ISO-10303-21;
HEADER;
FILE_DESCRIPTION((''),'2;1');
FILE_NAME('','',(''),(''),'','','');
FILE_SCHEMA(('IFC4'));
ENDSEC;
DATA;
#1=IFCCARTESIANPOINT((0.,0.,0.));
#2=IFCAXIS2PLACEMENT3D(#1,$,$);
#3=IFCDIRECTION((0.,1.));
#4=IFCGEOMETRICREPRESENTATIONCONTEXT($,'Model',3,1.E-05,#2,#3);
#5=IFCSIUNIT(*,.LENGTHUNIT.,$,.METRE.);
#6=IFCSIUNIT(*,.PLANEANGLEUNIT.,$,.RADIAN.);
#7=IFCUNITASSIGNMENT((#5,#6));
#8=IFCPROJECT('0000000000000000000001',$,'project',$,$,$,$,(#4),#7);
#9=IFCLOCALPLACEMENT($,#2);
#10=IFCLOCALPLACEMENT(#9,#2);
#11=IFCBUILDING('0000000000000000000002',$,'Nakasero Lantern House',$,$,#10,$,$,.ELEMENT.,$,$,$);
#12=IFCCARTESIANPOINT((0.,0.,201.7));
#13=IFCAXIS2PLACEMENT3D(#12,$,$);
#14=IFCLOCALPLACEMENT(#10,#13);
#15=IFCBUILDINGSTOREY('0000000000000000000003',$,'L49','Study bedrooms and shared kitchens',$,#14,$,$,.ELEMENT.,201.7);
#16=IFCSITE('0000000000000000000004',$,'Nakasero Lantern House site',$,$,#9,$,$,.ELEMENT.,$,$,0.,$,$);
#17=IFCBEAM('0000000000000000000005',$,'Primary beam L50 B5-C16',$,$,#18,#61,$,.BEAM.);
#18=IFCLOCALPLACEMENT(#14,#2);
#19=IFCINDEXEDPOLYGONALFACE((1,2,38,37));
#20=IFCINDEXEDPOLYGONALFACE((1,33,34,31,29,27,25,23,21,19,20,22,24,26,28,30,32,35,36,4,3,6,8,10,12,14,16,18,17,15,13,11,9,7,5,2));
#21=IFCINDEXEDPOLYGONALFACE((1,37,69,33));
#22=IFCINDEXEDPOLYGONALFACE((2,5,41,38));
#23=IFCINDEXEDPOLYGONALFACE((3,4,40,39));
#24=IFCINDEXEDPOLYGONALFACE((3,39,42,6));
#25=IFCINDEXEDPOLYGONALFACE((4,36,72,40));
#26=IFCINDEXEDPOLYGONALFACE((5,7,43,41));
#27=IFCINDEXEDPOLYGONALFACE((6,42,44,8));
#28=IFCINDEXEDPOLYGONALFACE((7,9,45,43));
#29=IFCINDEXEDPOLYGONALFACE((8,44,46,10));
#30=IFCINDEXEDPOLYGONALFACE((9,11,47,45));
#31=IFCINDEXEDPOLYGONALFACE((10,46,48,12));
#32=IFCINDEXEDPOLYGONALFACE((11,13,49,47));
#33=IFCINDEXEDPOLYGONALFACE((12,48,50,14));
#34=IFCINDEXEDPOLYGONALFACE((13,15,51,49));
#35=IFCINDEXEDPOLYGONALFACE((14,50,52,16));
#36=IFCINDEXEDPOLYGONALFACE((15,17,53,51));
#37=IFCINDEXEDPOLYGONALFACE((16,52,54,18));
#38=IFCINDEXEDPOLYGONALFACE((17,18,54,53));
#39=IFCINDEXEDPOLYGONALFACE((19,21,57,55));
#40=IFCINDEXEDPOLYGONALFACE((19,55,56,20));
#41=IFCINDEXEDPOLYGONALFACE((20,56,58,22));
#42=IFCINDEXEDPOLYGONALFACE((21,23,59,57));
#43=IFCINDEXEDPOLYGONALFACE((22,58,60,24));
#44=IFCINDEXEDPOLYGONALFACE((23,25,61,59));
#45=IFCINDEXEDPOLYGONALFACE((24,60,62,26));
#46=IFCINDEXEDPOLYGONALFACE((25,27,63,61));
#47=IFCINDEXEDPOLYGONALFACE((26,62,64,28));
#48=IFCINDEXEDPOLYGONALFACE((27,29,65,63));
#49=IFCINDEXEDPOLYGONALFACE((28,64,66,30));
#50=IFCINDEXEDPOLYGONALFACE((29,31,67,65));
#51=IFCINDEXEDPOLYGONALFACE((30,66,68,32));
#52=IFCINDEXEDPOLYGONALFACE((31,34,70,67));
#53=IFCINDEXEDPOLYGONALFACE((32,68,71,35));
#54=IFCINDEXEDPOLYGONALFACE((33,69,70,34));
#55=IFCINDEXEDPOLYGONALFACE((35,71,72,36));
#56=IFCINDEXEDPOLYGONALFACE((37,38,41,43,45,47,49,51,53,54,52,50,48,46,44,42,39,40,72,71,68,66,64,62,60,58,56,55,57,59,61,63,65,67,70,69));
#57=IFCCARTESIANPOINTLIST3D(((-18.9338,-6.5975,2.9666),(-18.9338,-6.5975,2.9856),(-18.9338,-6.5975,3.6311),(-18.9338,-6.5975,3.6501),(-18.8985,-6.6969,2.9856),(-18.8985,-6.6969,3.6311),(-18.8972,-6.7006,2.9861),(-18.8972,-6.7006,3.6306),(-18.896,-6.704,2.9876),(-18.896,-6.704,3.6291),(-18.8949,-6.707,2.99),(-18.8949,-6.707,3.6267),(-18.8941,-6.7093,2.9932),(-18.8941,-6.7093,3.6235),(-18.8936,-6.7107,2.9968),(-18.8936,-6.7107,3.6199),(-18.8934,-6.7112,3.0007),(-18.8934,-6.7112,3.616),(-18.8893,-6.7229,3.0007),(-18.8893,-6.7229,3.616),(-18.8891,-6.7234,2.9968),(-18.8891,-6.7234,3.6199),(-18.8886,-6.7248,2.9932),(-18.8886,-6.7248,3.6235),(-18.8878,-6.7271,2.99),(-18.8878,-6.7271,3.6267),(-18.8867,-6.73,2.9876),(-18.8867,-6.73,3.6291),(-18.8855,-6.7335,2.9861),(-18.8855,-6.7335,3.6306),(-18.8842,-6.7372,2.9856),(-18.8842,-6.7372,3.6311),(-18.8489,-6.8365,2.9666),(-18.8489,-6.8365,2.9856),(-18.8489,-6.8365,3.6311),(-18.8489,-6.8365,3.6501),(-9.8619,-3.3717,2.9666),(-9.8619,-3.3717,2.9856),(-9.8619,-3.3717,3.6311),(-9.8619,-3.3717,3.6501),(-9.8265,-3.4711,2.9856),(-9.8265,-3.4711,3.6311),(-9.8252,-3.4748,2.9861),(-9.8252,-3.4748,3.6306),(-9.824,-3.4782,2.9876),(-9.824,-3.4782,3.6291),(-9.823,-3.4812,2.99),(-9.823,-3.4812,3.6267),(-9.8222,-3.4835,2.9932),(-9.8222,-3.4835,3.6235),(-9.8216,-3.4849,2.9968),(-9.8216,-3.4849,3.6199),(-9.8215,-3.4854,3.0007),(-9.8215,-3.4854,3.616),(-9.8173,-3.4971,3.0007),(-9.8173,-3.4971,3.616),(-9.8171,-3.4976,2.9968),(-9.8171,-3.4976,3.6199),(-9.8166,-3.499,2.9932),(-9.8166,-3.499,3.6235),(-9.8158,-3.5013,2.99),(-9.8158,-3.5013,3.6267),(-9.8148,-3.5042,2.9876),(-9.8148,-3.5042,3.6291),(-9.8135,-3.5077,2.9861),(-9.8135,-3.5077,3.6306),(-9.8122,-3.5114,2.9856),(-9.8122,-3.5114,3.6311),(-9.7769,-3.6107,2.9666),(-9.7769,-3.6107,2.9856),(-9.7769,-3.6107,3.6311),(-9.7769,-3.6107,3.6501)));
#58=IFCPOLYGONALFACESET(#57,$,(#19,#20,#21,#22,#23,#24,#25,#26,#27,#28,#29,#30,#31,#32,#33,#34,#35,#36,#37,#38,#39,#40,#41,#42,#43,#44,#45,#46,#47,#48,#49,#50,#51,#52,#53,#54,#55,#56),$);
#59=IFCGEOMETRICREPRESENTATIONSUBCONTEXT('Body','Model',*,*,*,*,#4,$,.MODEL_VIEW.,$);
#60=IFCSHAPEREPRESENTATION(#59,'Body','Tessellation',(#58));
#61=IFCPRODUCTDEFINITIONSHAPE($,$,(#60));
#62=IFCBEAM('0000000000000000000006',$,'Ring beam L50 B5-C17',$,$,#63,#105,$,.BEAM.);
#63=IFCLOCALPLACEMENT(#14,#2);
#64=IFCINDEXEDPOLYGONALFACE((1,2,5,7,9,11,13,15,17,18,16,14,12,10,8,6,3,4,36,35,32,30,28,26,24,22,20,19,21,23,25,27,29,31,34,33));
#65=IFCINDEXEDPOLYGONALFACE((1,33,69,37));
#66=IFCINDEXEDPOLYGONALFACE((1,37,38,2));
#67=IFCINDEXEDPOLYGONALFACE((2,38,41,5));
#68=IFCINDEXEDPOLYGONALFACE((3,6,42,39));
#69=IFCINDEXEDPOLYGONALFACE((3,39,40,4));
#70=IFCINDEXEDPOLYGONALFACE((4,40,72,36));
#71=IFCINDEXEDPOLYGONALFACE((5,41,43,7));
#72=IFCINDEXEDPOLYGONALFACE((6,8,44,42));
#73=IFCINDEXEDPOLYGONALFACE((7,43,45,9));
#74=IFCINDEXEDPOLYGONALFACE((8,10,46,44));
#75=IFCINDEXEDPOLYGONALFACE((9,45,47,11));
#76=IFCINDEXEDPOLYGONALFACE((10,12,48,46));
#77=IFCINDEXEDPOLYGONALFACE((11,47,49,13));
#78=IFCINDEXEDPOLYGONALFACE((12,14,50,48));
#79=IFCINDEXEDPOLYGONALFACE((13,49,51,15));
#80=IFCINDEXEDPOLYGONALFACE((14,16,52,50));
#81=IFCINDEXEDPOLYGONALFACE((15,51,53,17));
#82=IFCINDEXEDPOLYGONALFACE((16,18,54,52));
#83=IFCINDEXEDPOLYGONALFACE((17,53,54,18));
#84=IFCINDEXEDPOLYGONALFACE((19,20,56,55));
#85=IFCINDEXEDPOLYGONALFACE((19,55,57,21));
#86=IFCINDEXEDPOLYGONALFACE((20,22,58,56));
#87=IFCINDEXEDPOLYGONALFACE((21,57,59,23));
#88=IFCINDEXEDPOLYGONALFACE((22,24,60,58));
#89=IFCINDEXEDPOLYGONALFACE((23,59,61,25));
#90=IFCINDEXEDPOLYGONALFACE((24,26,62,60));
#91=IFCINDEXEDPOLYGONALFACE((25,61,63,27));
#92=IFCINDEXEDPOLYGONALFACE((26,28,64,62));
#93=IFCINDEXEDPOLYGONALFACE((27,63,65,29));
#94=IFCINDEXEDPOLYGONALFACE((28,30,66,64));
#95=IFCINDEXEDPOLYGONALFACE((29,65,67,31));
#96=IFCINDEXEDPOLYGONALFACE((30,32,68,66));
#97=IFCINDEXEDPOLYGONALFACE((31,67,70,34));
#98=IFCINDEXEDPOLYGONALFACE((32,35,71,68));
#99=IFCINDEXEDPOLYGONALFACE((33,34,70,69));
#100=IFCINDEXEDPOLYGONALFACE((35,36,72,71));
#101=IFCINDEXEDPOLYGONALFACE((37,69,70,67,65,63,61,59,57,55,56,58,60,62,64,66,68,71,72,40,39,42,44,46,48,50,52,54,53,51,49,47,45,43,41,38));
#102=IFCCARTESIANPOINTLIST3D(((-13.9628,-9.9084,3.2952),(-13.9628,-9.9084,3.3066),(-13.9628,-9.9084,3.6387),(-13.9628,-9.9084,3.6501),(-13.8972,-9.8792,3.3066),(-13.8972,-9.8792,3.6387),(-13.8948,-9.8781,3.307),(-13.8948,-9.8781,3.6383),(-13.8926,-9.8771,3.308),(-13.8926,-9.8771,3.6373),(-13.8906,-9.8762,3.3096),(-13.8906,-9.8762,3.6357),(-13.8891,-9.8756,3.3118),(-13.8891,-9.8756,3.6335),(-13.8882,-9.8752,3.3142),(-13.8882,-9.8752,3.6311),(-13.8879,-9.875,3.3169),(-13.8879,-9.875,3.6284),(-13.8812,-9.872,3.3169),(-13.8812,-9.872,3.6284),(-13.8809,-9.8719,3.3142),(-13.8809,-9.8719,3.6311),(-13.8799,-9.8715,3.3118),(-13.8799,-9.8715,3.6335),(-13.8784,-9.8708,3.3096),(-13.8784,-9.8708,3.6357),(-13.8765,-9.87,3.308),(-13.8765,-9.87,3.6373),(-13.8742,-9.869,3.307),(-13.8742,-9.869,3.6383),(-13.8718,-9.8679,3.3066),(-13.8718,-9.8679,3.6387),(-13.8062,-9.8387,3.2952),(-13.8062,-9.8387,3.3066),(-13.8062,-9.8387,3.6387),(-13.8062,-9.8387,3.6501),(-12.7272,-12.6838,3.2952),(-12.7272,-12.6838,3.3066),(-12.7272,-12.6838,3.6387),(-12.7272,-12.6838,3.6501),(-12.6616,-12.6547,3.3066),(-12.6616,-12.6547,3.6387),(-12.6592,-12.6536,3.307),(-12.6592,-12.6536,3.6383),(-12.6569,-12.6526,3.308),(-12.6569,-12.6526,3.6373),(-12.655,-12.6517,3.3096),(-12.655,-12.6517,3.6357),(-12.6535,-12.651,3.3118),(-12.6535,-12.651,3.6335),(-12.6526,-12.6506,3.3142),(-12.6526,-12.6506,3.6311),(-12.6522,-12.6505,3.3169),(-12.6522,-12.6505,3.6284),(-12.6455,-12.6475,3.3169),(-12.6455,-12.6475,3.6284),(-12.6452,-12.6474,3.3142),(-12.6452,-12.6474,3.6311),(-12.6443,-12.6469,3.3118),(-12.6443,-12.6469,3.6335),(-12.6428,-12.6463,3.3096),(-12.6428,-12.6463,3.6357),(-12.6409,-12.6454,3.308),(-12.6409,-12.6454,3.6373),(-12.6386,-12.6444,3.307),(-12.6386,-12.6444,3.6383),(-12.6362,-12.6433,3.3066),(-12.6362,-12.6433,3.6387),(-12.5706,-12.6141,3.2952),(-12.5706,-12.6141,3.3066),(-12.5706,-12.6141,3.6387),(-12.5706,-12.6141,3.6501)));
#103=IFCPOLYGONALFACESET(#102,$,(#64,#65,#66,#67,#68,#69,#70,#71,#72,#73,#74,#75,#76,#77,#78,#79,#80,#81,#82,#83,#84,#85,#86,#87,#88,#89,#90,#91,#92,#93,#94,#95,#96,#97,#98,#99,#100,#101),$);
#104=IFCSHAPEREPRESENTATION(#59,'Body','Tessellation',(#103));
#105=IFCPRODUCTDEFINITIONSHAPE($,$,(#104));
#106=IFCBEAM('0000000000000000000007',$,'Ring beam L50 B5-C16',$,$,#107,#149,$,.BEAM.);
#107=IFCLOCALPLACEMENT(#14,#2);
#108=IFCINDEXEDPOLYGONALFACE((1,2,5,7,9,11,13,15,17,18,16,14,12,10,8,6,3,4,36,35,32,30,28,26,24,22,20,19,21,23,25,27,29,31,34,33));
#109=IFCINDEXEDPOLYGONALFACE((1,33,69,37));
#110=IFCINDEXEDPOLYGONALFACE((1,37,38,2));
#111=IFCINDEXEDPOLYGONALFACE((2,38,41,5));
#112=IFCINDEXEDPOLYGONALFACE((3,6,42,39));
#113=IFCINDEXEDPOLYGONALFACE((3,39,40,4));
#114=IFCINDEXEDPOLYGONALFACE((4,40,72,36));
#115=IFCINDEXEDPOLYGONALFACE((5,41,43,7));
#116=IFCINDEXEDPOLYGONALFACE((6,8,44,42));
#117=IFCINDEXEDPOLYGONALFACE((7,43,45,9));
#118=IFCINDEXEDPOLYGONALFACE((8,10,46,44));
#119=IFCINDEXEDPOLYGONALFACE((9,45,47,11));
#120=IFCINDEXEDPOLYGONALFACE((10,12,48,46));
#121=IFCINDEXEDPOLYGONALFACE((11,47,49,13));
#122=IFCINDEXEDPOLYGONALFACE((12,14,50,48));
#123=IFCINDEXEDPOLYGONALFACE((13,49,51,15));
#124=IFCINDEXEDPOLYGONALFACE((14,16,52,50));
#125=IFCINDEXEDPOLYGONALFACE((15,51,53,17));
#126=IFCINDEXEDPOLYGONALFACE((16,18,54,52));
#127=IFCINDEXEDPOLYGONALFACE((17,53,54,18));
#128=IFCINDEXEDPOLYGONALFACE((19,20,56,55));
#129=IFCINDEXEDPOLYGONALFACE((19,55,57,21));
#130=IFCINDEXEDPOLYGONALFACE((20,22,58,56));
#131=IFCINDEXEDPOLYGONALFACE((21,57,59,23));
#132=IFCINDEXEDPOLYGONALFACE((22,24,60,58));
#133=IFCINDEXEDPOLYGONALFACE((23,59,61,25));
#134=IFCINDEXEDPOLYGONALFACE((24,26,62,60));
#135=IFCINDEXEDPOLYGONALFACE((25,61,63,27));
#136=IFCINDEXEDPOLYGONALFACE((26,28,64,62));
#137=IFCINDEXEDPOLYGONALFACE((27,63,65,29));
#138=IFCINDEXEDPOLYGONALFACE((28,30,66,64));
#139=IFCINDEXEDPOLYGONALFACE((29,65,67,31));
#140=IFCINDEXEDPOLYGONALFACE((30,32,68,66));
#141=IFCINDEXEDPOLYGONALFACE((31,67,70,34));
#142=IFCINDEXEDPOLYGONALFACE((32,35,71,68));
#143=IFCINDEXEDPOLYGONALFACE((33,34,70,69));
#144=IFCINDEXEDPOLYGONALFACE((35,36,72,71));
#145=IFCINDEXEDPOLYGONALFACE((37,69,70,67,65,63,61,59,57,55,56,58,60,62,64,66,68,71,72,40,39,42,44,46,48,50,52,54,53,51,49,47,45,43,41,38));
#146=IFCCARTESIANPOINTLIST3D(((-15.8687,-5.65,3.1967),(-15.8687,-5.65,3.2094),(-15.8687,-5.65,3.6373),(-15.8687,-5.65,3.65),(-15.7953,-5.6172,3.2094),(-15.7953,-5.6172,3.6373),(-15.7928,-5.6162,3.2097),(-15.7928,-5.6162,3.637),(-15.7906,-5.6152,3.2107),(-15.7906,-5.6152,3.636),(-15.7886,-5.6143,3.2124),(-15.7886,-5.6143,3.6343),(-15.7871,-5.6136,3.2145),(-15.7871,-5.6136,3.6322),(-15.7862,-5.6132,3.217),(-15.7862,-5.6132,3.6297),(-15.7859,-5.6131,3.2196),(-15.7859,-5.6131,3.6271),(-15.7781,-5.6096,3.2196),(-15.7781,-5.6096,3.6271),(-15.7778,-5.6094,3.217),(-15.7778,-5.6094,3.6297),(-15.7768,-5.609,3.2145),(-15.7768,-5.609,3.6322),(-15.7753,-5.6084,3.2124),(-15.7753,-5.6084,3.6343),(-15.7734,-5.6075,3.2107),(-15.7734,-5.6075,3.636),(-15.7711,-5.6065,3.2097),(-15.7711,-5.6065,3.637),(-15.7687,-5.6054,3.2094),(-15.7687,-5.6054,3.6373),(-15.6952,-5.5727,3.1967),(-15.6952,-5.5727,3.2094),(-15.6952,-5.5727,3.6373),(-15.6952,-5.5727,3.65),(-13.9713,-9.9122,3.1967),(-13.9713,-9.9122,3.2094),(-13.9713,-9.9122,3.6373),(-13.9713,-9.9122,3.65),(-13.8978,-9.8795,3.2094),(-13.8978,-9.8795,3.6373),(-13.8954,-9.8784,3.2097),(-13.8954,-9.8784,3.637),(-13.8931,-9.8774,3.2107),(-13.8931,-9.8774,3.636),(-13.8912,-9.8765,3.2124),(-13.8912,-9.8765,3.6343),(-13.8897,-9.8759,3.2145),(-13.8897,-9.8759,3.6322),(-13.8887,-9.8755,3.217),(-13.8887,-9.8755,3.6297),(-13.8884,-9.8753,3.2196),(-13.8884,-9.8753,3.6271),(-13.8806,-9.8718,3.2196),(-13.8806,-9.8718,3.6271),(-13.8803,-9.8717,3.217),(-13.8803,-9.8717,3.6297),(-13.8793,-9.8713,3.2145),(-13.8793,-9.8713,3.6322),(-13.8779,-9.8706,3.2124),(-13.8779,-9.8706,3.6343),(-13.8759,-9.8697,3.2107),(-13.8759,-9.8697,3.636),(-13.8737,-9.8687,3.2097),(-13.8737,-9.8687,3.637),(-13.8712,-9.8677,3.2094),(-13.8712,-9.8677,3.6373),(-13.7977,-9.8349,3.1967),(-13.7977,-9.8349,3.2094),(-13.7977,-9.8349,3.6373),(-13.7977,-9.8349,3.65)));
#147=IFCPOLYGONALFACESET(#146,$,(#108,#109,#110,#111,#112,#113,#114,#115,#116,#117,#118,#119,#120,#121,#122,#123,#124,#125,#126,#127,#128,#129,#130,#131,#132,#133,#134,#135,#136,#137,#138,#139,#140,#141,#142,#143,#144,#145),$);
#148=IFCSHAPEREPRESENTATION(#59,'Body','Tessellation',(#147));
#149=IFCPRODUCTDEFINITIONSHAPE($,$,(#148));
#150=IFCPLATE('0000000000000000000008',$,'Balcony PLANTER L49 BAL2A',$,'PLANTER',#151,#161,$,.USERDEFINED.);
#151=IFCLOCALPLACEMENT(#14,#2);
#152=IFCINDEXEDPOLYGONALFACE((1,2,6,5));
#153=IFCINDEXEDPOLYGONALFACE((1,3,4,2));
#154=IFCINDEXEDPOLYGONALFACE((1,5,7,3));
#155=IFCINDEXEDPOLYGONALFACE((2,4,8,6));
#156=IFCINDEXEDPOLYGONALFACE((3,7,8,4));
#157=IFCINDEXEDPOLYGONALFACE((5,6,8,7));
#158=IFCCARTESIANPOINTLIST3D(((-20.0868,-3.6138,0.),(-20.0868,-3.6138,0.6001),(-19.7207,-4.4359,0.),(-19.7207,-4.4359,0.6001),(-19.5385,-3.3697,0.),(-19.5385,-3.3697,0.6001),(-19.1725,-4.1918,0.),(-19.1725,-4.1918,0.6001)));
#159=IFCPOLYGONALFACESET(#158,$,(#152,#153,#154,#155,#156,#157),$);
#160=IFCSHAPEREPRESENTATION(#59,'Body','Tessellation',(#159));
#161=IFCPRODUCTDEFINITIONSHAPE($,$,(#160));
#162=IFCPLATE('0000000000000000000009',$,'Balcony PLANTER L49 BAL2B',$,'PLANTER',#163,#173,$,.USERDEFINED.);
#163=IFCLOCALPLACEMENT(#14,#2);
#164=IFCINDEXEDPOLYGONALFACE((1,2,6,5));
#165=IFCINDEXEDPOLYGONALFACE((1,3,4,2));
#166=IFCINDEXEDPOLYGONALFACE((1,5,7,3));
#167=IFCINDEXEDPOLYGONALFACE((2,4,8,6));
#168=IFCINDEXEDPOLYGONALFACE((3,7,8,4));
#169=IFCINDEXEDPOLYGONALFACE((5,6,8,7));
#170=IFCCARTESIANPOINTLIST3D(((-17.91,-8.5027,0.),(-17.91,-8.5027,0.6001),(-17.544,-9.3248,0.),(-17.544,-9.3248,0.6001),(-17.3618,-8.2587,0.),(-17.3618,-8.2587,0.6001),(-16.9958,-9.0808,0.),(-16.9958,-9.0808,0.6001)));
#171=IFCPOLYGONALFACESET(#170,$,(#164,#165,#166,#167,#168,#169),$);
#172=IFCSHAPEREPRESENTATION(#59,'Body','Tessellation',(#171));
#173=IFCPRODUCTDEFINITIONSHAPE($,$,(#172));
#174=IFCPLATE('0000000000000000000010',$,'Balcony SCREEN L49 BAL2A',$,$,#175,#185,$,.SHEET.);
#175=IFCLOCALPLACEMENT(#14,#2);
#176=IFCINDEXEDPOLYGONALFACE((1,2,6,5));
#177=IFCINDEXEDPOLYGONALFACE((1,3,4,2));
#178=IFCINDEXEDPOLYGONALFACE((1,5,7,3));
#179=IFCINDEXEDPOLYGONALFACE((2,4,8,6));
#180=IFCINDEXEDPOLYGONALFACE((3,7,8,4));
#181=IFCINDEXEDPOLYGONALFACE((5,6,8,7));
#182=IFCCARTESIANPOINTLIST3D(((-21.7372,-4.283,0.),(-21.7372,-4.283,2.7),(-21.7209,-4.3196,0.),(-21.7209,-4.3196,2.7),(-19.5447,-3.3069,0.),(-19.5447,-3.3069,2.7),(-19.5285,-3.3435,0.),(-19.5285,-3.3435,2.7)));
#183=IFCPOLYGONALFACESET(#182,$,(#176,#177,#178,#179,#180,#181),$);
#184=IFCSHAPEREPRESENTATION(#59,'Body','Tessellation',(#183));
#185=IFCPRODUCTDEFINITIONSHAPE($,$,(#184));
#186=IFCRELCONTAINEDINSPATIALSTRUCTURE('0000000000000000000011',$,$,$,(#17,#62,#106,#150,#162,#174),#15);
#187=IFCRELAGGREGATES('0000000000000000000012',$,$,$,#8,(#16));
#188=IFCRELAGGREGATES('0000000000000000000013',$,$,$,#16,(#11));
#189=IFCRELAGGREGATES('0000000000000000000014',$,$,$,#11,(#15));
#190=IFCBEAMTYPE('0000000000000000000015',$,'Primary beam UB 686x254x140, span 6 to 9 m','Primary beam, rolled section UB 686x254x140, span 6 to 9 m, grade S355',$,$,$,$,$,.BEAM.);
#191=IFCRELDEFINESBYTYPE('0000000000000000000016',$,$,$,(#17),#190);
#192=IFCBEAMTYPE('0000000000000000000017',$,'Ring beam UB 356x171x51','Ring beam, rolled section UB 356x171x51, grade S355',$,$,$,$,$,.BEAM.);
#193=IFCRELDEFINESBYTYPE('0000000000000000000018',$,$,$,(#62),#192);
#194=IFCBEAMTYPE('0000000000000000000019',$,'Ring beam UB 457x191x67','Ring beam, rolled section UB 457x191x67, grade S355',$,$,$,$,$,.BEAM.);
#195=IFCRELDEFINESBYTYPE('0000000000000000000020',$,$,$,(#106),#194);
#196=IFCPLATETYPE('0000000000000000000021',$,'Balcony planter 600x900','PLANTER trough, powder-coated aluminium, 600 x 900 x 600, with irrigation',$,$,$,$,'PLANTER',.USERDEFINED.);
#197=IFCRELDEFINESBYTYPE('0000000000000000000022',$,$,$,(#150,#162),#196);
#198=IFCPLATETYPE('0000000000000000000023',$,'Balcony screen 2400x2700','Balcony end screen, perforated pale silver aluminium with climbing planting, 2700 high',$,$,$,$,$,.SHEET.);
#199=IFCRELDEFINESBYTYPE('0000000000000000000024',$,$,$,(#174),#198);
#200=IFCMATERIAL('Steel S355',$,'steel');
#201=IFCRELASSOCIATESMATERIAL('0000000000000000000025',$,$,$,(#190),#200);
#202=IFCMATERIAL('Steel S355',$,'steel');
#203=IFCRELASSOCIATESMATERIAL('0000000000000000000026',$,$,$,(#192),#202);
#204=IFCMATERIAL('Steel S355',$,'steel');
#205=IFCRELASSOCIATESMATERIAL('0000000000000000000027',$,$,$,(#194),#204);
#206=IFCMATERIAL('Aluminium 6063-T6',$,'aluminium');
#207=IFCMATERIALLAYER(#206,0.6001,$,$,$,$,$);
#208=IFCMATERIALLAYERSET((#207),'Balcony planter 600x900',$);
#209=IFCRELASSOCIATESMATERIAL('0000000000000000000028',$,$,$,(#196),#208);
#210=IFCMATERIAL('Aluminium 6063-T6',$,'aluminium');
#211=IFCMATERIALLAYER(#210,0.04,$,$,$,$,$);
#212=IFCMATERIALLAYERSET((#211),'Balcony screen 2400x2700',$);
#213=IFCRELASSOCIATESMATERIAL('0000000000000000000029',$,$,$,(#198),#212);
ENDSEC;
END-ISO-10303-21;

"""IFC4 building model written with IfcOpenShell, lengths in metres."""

from ifc_helpers import new_model, si_unit, direction, frame, origin, origin_2d, place, context, subcontext, project, spatial, rectangle, i_section, extrude, material, layer, layer_set, material_profile, profile_set, type_object, element, save


model = new_model("IFC4")

# Units and contexts
model_context = context("Model", 3, precision=1e-05, world=origin(), true_north=direction((0.0, 1.0)))
body_context = subcontext(model_context, "Body", "Model", "MODEL_VIEW")
ifc_project = project(units=[si_unit("LENGTHUNIT", "METRE"), si_unit("PLANEANGLEUNIT", "RADIAN")], contexts=[model_context])

# Site, building, storey
site_placement = place(None, origin())
site = spatial("IfcSite", under=ifc_project, at=site_placement, Name="Nakasero Lantern House site", CompositionType="ELEMENT", RefElevation=0.0)
building_placement = place(site_placement, origin())
building = spatial("IfcBuilding", under=site, at=building_placement, Name="Nakasero Lantern House", CompositionType="ELEMENT")
storey_placement = place(building_placement, frame((0.0, 0.0, 201.7)))
storey = spatial("IfcBuildingStorey", under=building, at=storey_placement, Name="L49", Description="Study bedrooms and shared kitchens", CompositionType="ELEMENT", Elevation=201.7)

# Beams
ifc_material_1 = material(Name="Steel S355", Category="steel")
ifc_material_profile_1 = material_profile(ifc_material_1, i_section(OverallWidth=0.2537, OverallDepth=0.6836, WebThickness=0.0125, FlangeThickness=0.019, FilletRadius=0.0151, at=origin_2d()), Name="UB 686x254x140")
ifc_profile_set_1 = profile_set([ifc_material_profile_1], Name="Steel S355")
beam_type_1 = type_object("IfcBeamType", Name="Primary beam UB 686x254x140, span 6 to 9 m", Description="Primary beam, rolled section UB 686x254x140, span 6 to 9 m, grade S355", PredefinedType="BEAM", material=ifc_profile_set_1)
beam_1_placement = place(storey_placement, frame((-18.8914, -6.717, 3.3083), z_axis=(0.942207, 0.33503, 0.0), x_axis=(-0.33503, 0.942207, 0.0)))
element("IfcBeam", 1, at=beam_1_placement, inside=storey, type_object=beam_type_1, Name="Primary beam L50 B5-C16", PredefinedType="BEAM", context=body_context, shape_type="SweptSolid", body=[
    extrude(i_section(OverallWidth=0.2537, OverallDepth=0.6836, WebThickness=0.0125, FlangeThickness=0.019, FilletRadius=0.0151, at=origin_2d()), origin(), (0.0, 0.0, 1.0), 9.6284),
])
ifc_material_2 = material(Name="Steel S355", Category="steel")
ifc_material_profile_2 = material_profile(ifc_material_2, i_section(OverallWidth=0.1714, OverallDepth=0.355, WebThickness=0.0073, FlangeThickness=0.0115, FilletRadius=0.0103, at=origin_2d()), Name="UB 356x171x51")
ifc_profile_set_2 = profile_set([ifc_material_profile_2], Name="Steel S355")
beam_type_2 = type_object("IfcBeamType", Name="Ring beam UB 356x171x51", Description="Ring beam, rolled section UB 356x171x51, grade S355", PredefinedType="BEAM", material=ifc_profile_set_2)
beam_2_placement = place(storey_placement, frame((-13.8845, -9.8735, 3.4727), z_axis=(0.406713, -0.913556, 0.0), x_axis=(0.913556, 0.406713, 0.0)))
element("IfcBeam", 2, at=beam_2_placement, inside=storey, type_object=beam_type_2, Name="Ring beam L50 B5-C17", PredefinedType="BEAM", context=body_context, shape_type="SweptSolid", body=[
    extrude(i_section(OverallWidth=0.1714, OverallDepth=0.355, WebThickness=0.0073, FlangeThickness=0.0115, FilletRadius=0.0103, at=origin_2d()), origin(), (0.0, 0.0, 1.0), 3.0381),
])
ifc_material_3 = material(Name="Steel S355", Category="steel")
ifc_material_profile_3 = material_profile(ifc_material_3, i_section(OverallWidth=0.1899, OverallDepth=0.4534, WebThickness=0.0085, FlangeThickness=0.0127, FilletRadius=0.0103, at=origin_2d()), Name="UB 457x191x67")
ifc_profile_set_3 = profile_set([ifc_material_profile_3], Name="Steel S355")
beam_type_3 = type_object("IfcBeamType", Name="Ring beam UB 457x191x67", Description="Ring beam, rolled section UB 457x191x67, grade S355", PredefinedType="BEAM", material=ifc_profile_set_3)
beam_3_placement = place(storey_placement, frame((-15.782, -5.6113, 3.4233), z_axis=(0.406702, -0.913561, 0.0), x_axis=(0.913561, 0.406702, 0.0)))
element("IfcBeam", 3, at=beam_3_placement, inside=storey, type_object=beam_type_3, Name="Ring beam L50 B5-C16", PredefinedType="BEAM", context=body_context, shape_type="SweptSolid", body=[
    extrude(i_section(OverallWidth=0.1899, OverallDepth=0.4534, WebThickness=0.0085, FlangeThickness=0.0127, FilletRadius=0.0103, at=origin_2d()), origin(), (0.0, 0.0, 1.0), 4.6655),
])

# Plates
ifc_material_4 = material(Name="Aluminium 6063-T6", Category="aluminium")
ifc_layer_1 = layer(ifc_material_4, 0.6001)
ifc_layer_set_1 = layer_set([ifc_layer_1], Name="Balcony planter 600x900")
plate_type_1 = type_object("IfcPlateType", Name="Balcony planter 600x900", Description="PLANTER trough, powder-coated aluminium, 600 x 900 x 600, with irrigation", ElementType="PLANTER", PredefinedType="USERDEFINED", material=ifc_layer_set_1)
for number, where, z_axis, x_axis, name in (
    (4, (-19.6296, -3.9028, 0.0), (0.0, 0.0, 1.0), (-0.913545, -0.406737, 0.0), "Balcony PLANTER L49 BAL2A"),
    (5, (-17.4529, -8.7917, 0.0), (0.0, 0.0, 1.0), (-0.913545, -0.406737, 0.0), "Balcony PLANTER L49 BAL2B"),
):
    element("IfcPlate", number, at=place(storey_placement, frame(where, z_axis=z_axis, x_axis=x_axis)), inside=storey, type_object=plate_type_1, Name=name, ObjectType="PLANTER", PredefinedType="USERDEFINED", context=body_context, shape_type="SweptSolid", body=[
        extrude(rectangle(XDim=0.6001, YDim=0.8999, at=origin_2d()), origin(), (0.0, 0.0, 1.0), 0.6001),
    ])
ifc_material_5 = material(Name="Aluminium 6063-T6", Category="aluminium")
ifc_layer_2 = layer(ifc_material_5, 0.04)
ifc_layer_set_2 = layer_set([ifc_layer_2], Name="Balcony screen 2400x2700")
plate_type_2 = type_object("IfcPlateType", Name="Balcony screen 2400x2700", Description="Balcony end screen, perforated pale silver aluminium with climbing planting, 2700 high", PredefinedType="SHEET", material=ifc_layer_set_2)
for number, where, z_axis, x_axis, name in (
    (6, (-20.6328, -3.8132, 0.0), (0.0, 0.0, 1.0), (-0.913545, -0.406737, 0.0), "Balcony SCREEN L49 BAL2A"),
):
    element("IfcPlate", number, at=place(storey_placement, frame(where, z_axis=z_axis, x_axis=x_axis)), inside=storey, type_object=plate_type_2, Name=name, PredefinedType="SHEET", context=body_context, shape_type="SweptSolid", body=[
        extrude(rectangle(XDim=2.3999, YDim=0.04, at=origin_2d()), origin(), (0.0, 0.0, 1.0), 2.7),
    ])

save(model, "model.ifc")
